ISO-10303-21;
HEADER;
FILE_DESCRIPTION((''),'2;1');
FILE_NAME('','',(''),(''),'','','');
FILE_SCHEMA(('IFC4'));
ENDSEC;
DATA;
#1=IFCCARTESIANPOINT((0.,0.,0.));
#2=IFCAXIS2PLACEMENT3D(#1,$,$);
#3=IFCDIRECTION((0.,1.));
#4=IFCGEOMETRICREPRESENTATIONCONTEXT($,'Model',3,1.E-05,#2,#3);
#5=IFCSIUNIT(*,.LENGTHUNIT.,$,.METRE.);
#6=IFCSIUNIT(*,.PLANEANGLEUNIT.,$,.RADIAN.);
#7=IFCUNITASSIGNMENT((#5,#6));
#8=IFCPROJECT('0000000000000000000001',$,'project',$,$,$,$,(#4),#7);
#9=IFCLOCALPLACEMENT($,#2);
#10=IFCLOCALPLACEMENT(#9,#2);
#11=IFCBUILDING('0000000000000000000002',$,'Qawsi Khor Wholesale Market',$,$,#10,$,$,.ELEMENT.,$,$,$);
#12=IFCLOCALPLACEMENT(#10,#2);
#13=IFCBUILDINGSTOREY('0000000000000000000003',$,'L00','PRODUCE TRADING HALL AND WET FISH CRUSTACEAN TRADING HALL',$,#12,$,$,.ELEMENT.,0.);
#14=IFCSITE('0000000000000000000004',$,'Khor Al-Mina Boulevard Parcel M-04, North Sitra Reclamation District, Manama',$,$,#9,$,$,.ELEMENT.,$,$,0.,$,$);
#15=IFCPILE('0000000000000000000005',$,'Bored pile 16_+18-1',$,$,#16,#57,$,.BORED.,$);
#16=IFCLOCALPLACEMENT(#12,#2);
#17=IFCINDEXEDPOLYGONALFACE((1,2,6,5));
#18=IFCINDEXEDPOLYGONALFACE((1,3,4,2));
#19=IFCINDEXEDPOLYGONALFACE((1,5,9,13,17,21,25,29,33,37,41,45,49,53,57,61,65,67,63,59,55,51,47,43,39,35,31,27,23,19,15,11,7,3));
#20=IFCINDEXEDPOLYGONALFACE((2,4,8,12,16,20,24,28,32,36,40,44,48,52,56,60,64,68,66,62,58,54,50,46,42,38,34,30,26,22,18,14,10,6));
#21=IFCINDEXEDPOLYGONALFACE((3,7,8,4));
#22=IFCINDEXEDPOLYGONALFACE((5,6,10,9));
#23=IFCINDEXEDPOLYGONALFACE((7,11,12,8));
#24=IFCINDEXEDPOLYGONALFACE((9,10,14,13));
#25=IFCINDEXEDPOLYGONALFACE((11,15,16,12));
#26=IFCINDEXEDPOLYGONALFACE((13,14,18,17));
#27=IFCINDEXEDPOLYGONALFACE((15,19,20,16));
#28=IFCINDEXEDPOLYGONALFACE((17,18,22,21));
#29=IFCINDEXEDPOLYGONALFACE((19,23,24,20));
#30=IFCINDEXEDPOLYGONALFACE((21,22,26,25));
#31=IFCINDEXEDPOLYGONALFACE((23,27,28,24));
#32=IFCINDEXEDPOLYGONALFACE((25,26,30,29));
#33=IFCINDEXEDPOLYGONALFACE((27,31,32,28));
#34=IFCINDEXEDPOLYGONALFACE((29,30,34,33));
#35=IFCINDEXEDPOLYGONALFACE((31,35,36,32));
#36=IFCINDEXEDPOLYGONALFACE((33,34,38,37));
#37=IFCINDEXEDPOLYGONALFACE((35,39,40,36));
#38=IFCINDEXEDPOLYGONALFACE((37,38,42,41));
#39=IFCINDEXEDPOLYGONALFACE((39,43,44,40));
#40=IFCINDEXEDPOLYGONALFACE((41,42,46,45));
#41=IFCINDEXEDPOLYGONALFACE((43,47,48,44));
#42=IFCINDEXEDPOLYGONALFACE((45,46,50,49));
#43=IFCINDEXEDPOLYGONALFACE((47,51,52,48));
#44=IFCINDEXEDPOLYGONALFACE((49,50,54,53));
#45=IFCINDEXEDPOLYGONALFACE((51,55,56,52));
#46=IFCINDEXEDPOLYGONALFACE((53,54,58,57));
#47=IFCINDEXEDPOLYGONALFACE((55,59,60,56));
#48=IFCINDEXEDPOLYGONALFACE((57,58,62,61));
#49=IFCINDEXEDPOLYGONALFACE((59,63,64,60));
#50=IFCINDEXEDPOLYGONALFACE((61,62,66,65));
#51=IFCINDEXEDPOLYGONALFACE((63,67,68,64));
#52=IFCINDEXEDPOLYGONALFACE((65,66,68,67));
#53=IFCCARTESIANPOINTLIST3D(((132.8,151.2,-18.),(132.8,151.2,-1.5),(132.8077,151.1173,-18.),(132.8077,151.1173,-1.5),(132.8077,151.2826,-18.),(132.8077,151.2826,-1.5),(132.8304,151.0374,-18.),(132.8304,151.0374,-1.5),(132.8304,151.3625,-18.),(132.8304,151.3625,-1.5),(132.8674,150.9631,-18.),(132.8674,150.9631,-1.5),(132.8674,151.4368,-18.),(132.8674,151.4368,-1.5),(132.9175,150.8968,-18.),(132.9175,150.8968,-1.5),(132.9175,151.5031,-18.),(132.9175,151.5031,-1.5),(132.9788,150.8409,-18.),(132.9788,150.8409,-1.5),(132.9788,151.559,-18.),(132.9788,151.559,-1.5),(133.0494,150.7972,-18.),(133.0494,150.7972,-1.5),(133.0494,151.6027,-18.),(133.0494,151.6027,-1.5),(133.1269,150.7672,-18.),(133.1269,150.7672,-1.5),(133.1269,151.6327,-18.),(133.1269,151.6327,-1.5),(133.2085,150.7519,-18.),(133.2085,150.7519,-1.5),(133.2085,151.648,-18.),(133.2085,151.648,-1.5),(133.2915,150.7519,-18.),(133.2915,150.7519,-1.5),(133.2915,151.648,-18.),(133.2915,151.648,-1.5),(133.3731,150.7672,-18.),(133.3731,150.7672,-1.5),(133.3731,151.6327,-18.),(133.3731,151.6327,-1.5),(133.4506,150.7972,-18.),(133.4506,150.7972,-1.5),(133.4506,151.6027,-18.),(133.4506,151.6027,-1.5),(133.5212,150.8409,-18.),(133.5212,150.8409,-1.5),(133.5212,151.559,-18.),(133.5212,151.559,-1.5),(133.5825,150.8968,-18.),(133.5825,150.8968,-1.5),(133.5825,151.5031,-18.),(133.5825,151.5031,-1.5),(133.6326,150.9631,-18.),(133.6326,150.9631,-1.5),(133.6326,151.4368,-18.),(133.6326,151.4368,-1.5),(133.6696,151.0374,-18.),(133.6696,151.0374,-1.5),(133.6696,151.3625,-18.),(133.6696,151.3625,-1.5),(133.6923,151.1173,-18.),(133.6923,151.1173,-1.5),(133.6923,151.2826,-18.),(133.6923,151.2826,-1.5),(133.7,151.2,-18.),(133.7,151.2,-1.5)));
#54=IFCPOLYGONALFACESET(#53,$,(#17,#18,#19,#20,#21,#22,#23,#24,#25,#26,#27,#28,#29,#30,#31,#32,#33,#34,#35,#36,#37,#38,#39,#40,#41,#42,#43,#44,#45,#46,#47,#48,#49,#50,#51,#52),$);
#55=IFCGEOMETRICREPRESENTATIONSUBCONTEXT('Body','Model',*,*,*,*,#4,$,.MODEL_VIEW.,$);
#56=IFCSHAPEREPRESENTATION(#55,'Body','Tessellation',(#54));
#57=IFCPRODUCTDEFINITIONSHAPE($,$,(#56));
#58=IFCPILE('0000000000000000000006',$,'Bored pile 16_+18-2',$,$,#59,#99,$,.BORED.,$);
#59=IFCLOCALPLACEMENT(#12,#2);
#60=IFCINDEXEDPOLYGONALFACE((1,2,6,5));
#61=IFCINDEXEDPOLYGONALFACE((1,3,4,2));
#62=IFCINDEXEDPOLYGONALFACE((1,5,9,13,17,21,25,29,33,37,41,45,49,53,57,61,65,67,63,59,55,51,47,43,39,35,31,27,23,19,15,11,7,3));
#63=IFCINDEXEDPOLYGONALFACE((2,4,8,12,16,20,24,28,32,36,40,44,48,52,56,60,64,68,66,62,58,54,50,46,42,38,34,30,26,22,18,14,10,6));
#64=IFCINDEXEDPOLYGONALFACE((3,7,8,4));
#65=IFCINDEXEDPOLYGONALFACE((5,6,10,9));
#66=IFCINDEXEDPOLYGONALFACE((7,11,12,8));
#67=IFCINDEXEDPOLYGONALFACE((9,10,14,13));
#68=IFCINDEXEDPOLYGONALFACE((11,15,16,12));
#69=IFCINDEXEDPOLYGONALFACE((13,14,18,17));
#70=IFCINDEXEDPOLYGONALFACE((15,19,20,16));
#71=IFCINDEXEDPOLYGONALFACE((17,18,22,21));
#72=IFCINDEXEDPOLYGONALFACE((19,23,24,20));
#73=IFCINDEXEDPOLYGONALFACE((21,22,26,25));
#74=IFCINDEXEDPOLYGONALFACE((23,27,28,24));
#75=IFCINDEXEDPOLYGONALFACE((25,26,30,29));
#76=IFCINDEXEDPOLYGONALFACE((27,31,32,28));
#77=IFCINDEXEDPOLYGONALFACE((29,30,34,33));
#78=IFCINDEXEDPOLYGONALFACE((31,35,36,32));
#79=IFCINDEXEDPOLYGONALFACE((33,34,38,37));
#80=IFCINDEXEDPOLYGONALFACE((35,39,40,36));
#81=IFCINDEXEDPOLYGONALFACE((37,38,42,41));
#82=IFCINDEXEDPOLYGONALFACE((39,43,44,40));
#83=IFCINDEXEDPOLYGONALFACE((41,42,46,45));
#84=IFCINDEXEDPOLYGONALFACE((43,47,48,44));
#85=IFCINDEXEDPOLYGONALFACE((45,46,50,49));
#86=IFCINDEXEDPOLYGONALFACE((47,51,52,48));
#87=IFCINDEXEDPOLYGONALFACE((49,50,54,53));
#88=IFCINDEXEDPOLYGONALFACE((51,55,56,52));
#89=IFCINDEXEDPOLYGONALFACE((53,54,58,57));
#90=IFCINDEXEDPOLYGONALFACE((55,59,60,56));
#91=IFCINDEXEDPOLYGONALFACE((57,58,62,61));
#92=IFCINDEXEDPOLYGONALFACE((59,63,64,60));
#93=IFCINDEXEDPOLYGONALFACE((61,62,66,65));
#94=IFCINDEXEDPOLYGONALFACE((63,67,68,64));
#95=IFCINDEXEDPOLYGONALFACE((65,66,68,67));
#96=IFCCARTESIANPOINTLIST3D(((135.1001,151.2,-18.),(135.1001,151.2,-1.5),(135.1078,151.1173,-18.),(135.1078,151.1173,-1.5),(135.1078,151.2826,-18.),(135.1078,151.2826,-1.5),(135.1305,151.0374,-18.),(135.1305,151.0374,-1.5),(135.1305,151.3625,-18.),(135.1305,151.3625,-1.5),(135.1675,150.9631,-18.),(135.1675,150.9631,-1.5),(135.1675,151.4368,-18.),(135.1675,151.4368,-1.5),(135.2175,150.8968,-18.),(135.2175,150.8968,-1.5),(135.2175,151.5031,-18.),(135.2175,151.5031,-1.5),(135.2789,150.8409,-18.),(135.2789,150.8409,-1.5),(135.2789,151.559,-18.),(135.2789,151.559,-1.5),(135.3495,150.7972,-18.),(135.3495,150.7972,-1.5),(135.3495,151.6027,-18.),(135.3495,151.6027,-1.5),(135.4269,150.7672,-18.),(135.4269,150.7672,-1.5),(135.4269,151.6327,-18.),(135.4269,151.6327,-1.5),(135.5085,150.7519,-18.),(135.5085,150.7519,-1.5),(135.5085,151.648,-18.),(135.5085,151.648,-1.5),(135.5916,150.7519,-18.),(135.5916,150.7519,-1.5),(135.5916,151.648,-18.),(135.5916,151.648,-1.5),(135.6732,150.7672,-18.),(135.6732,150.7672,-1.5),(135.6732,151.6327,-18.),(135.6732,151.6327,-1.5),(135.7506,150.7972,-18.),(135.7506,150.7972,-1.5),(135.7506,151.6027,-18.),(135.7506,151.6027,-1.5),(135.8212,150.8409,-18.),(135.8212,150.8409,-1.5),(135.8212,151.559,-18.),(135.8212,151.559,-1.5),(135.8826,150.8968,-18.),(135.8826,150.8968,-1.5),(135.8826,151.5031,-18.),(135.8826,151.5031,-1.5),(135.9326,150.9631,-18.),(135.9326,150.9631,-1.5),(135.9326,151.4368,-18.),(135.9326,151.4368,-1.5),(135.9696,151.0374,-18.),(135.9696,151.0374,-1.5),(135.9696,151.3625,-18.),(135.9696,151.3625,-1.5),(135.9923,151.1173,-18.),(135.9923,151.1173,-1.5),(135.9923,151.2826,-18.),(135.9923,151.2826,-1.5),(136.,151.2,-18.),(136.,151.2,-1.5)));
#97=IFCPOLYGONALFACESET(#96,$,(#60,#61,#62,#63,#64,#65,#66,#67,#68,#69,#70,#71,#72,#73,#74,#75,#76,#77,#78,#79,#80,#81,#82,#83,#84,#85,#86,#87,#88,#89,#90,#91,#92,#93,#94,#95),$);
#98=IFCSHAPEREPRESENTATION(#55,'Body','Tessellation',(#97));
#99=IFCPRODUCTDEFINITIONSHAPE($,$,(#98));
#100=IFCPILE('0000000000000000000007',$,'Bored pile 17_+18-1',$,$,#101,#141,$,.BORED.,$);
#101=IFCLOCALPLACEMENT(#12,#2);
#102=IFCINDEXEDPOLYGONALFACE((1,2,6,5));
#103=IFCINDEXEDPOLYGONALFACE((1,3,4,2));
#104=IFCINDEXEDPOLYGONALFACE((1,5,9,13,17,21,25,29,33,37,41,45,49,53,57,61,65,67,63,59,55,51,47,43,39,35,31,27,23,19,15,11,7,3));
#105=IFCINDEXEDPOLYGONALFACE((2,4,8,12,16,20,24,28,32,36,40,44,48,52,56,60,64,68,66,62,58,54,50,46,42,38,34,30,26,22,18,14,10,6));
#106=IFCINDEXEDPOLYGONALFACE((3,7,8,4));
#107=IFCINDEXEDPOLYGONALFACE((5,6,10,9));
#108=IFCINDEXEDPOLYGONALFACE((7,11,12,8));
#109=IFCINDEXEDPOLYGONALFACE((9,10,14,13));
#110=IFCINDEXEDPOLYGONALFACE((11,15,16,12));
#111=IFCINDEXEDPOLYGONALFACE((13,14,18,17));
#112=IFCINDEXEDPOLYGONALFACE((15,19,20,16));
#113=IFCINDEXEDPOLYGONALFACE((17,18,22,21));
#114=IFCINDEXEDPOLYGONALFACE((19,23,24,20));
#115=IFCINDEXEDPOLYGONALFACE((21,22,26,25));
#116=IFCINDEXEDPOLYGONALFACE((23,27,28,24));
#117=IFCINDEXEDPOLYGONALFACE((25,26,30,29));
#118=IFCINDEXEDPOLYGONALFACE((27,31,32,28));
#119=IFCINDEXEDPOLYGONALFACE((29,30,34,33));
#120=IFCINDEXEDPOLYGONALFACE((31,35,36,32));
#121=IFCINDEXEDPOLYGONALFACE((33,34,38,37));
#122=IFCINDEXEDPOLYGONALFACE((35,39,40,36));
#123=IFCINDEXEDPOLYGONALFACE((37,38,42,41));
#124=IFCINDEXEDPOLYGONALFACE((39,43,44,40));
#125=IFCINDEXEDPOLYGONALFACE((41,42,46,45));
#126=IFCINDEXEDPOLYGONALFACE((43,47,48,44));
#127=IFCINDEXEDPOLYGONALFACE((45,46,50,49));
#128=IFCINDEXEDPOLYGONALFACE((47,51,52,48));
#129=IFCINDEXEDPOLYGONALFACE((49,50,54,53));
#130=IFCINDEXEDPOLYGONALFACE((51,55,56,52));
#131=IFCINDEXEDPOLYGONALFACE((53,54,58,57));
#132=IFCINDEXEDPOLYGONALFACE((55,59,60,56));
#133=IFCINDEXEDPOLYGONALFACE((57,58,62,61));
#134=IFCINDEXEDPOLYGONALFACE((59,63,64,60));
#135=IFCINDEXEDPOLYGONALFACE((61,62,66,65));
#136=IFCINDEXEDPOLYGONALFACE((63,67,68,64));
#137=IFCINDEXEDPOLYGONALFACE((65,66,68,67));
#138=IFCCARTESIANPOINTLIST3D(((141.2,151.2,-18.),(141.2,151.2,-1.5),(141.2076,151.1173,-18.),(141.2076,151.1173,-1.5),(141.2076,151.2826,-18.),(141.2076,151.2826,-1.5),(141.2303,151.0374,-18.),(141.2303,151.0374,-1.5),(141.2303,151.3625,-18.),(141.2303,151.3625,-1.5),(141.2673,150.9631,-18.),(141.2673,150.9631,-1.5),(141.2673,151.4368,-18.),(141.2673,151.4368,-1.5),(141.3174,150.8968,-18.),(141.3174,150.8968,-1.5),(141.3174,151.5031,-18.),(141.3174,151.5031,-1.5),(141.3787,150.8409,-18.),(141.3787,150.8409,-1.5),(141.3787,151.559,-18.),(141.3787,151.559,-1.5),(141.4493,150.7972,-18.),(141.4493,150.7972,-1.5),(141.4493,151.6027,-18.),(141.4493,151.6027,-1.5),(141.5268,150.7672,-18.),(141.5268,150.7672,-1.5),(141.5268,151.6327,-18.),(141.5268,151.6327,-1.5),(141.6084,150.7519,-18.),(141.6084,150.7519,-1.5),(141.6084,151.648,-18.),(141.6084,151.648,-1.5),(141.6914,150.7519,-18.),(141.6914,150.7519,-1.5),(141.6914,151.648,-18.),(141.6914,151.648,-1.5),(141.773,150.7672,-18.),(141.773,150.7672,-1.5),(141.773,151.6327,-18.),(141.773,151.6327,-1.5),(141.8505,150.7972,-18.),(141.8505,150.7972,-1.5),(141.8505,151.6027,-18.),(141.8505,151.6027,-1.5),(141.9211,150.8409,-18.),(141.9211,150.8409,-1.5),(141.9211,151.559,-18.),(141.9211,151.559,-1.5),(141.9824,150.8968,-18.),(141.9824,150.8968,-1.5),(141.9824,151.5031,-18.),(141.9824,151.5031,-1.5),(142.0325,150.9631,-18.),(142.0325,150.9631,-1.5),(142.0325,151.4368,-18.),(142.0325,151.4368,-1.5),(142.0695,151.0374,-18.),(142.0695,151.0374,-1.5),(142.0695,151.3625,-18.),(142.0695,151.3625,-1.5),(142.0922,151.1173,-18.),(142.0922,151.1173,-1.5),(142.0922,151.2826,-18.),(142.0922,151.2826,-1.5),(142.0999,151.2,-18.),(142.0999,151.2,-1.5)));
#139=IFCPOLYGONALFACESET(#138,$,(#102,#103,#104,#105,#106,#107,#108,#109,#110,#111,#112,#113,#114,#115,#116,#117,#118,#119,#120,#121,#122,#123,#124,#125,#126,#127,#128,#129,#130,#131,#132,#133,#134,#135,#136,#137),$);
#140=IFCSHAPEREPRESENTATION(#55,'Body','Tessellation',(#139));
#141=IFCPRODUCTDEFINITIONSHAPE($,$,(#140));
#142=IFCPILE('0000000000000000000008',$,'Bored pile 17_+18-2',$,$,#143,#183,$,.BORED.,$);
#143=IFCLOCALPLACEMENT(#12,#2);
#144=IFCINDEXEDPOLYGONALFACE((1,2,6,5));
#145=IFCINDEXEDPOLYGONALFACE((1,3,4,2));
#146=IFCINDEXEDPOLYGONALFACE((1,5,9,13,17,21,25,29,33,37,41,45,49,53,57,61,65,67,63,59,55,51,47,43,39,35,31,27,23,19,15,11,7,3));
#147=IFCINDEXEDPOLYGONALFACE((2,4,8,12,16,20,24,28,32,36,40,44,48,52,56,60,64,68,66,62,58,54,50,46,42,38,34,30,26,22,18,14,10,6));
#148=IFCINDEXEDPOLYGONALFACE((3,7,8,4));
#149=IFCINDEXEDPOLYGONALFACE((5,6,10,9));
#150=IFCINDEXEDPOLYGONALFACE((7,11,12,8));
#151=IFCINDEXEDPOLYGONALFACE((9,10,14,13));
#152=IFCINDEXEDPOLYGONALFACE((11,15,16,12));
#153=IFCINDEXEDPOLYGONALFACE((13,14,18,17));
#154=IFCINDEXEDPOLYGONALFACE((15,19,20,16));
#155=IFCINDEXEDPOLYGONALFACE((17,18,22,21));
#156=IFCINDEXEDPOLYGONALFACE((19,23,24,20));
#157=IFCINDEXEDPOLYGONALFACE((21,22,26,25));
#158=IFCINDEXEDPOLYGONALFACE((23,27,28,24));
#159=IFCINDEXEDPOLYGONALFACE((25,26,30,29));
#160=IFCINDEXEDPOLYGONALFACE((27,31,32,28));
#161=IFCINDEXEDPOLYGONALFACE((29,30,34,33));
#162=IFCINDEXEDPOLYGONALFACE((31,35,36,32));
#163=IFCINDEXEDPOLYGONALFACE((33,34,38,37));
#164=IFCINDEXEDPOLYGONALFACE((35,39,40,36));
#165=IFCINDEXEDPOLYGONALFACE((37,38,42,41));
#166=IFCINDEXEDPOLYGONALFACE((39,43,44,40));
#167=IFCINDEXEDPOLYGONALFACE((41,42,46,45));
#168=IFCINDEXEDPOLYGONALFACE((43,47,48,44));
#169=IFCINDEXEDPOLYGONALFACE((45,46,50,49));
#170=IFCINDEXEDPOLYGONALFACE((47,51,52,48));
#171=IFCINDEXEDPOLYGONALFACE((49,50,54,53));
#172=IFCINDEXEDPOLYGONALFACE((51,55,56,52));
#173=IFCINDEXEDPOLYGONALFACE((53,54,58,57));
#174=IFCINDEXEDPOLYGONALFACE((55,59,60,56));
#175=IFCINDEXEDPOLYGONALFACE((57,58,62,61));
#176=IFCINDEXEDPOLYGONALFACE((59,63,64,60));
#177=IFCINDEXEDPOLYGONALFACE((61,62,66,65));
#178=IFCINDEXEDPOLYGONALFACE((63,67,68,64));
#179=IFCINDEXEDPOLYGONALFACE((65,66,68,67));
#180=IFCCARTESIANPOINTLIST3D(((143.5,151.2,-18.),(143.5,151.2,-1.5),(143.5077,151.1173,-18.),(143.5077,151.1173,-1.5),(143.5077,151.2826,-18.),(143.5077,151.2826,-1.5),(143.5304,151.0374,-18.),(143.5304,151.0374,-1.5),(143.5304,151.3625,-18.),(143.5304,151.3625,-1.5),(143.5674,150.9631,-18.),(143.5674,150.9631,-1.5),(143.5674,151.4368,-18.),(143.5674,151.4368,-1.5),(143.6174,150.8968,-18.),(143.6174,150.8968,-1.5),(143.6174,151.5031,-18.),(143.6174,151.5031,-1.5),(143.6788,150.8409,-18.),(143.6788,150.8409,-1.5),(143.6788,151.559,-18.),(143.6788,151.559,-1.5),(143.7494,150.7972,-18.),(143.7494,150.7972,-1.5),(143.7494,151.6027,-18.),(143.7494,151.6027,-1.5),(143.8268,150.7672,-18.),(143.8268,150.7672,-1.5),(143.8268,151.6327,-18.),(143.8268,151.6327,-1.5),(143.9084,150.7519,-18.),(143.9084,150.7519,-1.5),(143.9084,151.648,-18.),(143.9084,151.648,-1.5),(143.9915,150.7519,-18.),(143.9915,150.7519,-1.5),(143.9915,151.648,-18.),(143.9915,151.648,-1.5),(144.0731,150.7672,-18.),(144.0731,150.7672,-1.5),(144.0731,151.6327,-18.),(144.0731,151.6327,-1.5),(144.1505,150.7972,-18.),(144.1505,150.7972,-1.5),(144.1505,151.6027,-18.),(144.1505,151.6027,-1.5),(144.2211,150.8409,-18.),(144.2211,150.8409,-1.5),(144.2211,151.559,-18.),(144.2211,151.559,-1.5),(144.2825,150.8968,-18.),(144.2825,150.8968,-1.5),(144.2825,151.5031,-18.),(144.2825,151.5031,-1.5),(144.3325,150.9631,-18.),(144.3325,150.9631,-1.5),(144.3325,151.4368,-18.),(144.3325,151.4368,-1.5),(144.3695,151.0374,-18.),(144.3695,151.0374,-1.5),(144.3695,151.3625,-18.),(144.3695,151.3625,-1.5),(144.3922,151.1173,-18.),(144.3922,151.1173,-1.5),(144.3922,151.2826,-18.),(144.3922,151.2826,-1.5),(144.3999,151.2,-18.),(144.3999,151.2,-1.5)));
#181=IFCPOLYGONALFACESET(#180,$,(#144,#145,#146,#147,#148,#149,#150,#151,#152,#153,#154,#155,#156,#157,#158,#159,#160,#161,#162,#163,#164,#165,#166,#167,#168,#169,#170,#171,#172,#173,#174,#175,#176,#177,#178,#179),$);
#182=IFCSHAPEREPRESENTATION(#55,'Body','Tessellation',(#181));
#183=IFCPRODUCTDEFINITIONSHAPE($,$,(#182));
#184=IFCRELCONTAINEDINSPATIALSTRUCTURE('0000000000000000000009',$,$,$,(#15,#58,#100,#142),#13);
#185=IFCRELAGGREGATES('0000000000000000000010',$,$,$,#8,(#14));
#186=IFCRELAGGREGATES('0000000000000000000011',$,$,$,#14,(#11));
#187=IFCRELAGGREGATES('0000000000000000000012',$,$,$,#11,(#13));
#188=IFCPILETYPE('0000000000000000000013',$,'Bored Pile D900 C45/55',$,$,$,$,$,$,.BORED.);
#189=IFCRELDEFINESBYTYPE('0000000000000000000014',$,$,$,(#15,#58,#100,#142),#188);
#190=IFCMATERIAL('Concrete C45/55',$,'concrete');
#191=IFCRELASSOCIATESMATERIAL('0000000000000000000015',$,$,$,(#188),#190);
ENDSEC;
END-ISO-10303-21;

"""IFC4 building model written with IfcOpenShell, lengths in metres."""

from ifc_helpers import new_model, si_unit, direction, frame, origin, origin_2d, place, context, subcontext, project, spatial, circle, extrude, material, material_profile, profile_set, type_object, element, save


model = new_model("IFC4")

# Units and contexts
model_context = context("Model", 3, precision=1e-05, world=origin(), true_north=direction((0.0, 1.0)))
body_context = subcontext(model_context, "Body", "Model", "MODEL_VIEW")
ifc_project = project(units=[si_unit("LENGTHUNIT", "METRE"), si_unit("PLANEANGLEUNIT", "RADIAN")], contexts=[model_context])

# Site, building, storey
site_placement = place(None, origin())
site = spatial("IfcSite", under=ifc_project, at=site_placement, Name="Khor Al-Mina Boulevard Parcel M-04, North Sitra Reclamation District, Manama", CompositionType="ELEMENT", RefElevation=0.0)
building_placement = place(site_placement, origin())
building = spatial("IfcBuilding", under=site, at=building_placement, Name="Qawsi Khor Wholesale Market", CompositionType="ELEMENT")
storey_placement = place(building_placement, origin())
storey = spatial("IfcBuildingStorey", under=building, at=storey_placement, Name="L00", Description="PRODUCE TRADING HALL AND WET FISH CRUSTACEAN TRADING HALL", CompositionType="ELEMENT", Elevation=0.0)

# Piles
ifc_material_1 = material(Name="Concrete C45/55", Category="concrete")
ifc_material_profile_1 = material_profile(ifc_material_1, circle(Radius=0.45, at=origin_2d()), Name="PILE D900")
ifc_profile_set_1 = profile_set([ifc_material_profile_1], Name="Concrete C45/55")
pile_type = type_object("IfcPileType", Name="Bored Pile D900 C45/55", PredefinedType="BORED", material=ifc_profile_set_1)
for number, where, z_axis, x_axis, name in (
    (1, (133.25, 151.2, -1.5), (0.0, 0.0, -1.0), (1.0, 0.0, 0.0), "Bored pile 16_+18-1"),
    (2, (135.55, 151.2, -1.5), (0.0, 0.0, -1.0), (1.0, 0.0, 0.0), "Bored pile 16_+18-2"),
    (3, (141.6499, 151.2, -1.5), (0.0, 0.0, -1.0), (1.0, 0.0, 0.0), "Bored pile 17_+18-1"),
    (4, (143.95, 151.2, -1.5), (0.0, 0.0, -1.0), (1.0, 0.0, 0.0), "Bored pile 17_+18-2"),
):
    element("IfcPile", number, at=place(storey_placement, frame(where, z_axis=z_axis, x_axis=x_axis)), inside=storey, type_object=pile_type, Name=name, PredefinedType="BORED", context=body_context, shape_type="SweptSolid", body=[
        extrude(circle(Radius=0.45, at=origin_2d()), origin(), (0.0, 0.0, 1.0), 16.5),
    ])

save(model, "model.ifc")
